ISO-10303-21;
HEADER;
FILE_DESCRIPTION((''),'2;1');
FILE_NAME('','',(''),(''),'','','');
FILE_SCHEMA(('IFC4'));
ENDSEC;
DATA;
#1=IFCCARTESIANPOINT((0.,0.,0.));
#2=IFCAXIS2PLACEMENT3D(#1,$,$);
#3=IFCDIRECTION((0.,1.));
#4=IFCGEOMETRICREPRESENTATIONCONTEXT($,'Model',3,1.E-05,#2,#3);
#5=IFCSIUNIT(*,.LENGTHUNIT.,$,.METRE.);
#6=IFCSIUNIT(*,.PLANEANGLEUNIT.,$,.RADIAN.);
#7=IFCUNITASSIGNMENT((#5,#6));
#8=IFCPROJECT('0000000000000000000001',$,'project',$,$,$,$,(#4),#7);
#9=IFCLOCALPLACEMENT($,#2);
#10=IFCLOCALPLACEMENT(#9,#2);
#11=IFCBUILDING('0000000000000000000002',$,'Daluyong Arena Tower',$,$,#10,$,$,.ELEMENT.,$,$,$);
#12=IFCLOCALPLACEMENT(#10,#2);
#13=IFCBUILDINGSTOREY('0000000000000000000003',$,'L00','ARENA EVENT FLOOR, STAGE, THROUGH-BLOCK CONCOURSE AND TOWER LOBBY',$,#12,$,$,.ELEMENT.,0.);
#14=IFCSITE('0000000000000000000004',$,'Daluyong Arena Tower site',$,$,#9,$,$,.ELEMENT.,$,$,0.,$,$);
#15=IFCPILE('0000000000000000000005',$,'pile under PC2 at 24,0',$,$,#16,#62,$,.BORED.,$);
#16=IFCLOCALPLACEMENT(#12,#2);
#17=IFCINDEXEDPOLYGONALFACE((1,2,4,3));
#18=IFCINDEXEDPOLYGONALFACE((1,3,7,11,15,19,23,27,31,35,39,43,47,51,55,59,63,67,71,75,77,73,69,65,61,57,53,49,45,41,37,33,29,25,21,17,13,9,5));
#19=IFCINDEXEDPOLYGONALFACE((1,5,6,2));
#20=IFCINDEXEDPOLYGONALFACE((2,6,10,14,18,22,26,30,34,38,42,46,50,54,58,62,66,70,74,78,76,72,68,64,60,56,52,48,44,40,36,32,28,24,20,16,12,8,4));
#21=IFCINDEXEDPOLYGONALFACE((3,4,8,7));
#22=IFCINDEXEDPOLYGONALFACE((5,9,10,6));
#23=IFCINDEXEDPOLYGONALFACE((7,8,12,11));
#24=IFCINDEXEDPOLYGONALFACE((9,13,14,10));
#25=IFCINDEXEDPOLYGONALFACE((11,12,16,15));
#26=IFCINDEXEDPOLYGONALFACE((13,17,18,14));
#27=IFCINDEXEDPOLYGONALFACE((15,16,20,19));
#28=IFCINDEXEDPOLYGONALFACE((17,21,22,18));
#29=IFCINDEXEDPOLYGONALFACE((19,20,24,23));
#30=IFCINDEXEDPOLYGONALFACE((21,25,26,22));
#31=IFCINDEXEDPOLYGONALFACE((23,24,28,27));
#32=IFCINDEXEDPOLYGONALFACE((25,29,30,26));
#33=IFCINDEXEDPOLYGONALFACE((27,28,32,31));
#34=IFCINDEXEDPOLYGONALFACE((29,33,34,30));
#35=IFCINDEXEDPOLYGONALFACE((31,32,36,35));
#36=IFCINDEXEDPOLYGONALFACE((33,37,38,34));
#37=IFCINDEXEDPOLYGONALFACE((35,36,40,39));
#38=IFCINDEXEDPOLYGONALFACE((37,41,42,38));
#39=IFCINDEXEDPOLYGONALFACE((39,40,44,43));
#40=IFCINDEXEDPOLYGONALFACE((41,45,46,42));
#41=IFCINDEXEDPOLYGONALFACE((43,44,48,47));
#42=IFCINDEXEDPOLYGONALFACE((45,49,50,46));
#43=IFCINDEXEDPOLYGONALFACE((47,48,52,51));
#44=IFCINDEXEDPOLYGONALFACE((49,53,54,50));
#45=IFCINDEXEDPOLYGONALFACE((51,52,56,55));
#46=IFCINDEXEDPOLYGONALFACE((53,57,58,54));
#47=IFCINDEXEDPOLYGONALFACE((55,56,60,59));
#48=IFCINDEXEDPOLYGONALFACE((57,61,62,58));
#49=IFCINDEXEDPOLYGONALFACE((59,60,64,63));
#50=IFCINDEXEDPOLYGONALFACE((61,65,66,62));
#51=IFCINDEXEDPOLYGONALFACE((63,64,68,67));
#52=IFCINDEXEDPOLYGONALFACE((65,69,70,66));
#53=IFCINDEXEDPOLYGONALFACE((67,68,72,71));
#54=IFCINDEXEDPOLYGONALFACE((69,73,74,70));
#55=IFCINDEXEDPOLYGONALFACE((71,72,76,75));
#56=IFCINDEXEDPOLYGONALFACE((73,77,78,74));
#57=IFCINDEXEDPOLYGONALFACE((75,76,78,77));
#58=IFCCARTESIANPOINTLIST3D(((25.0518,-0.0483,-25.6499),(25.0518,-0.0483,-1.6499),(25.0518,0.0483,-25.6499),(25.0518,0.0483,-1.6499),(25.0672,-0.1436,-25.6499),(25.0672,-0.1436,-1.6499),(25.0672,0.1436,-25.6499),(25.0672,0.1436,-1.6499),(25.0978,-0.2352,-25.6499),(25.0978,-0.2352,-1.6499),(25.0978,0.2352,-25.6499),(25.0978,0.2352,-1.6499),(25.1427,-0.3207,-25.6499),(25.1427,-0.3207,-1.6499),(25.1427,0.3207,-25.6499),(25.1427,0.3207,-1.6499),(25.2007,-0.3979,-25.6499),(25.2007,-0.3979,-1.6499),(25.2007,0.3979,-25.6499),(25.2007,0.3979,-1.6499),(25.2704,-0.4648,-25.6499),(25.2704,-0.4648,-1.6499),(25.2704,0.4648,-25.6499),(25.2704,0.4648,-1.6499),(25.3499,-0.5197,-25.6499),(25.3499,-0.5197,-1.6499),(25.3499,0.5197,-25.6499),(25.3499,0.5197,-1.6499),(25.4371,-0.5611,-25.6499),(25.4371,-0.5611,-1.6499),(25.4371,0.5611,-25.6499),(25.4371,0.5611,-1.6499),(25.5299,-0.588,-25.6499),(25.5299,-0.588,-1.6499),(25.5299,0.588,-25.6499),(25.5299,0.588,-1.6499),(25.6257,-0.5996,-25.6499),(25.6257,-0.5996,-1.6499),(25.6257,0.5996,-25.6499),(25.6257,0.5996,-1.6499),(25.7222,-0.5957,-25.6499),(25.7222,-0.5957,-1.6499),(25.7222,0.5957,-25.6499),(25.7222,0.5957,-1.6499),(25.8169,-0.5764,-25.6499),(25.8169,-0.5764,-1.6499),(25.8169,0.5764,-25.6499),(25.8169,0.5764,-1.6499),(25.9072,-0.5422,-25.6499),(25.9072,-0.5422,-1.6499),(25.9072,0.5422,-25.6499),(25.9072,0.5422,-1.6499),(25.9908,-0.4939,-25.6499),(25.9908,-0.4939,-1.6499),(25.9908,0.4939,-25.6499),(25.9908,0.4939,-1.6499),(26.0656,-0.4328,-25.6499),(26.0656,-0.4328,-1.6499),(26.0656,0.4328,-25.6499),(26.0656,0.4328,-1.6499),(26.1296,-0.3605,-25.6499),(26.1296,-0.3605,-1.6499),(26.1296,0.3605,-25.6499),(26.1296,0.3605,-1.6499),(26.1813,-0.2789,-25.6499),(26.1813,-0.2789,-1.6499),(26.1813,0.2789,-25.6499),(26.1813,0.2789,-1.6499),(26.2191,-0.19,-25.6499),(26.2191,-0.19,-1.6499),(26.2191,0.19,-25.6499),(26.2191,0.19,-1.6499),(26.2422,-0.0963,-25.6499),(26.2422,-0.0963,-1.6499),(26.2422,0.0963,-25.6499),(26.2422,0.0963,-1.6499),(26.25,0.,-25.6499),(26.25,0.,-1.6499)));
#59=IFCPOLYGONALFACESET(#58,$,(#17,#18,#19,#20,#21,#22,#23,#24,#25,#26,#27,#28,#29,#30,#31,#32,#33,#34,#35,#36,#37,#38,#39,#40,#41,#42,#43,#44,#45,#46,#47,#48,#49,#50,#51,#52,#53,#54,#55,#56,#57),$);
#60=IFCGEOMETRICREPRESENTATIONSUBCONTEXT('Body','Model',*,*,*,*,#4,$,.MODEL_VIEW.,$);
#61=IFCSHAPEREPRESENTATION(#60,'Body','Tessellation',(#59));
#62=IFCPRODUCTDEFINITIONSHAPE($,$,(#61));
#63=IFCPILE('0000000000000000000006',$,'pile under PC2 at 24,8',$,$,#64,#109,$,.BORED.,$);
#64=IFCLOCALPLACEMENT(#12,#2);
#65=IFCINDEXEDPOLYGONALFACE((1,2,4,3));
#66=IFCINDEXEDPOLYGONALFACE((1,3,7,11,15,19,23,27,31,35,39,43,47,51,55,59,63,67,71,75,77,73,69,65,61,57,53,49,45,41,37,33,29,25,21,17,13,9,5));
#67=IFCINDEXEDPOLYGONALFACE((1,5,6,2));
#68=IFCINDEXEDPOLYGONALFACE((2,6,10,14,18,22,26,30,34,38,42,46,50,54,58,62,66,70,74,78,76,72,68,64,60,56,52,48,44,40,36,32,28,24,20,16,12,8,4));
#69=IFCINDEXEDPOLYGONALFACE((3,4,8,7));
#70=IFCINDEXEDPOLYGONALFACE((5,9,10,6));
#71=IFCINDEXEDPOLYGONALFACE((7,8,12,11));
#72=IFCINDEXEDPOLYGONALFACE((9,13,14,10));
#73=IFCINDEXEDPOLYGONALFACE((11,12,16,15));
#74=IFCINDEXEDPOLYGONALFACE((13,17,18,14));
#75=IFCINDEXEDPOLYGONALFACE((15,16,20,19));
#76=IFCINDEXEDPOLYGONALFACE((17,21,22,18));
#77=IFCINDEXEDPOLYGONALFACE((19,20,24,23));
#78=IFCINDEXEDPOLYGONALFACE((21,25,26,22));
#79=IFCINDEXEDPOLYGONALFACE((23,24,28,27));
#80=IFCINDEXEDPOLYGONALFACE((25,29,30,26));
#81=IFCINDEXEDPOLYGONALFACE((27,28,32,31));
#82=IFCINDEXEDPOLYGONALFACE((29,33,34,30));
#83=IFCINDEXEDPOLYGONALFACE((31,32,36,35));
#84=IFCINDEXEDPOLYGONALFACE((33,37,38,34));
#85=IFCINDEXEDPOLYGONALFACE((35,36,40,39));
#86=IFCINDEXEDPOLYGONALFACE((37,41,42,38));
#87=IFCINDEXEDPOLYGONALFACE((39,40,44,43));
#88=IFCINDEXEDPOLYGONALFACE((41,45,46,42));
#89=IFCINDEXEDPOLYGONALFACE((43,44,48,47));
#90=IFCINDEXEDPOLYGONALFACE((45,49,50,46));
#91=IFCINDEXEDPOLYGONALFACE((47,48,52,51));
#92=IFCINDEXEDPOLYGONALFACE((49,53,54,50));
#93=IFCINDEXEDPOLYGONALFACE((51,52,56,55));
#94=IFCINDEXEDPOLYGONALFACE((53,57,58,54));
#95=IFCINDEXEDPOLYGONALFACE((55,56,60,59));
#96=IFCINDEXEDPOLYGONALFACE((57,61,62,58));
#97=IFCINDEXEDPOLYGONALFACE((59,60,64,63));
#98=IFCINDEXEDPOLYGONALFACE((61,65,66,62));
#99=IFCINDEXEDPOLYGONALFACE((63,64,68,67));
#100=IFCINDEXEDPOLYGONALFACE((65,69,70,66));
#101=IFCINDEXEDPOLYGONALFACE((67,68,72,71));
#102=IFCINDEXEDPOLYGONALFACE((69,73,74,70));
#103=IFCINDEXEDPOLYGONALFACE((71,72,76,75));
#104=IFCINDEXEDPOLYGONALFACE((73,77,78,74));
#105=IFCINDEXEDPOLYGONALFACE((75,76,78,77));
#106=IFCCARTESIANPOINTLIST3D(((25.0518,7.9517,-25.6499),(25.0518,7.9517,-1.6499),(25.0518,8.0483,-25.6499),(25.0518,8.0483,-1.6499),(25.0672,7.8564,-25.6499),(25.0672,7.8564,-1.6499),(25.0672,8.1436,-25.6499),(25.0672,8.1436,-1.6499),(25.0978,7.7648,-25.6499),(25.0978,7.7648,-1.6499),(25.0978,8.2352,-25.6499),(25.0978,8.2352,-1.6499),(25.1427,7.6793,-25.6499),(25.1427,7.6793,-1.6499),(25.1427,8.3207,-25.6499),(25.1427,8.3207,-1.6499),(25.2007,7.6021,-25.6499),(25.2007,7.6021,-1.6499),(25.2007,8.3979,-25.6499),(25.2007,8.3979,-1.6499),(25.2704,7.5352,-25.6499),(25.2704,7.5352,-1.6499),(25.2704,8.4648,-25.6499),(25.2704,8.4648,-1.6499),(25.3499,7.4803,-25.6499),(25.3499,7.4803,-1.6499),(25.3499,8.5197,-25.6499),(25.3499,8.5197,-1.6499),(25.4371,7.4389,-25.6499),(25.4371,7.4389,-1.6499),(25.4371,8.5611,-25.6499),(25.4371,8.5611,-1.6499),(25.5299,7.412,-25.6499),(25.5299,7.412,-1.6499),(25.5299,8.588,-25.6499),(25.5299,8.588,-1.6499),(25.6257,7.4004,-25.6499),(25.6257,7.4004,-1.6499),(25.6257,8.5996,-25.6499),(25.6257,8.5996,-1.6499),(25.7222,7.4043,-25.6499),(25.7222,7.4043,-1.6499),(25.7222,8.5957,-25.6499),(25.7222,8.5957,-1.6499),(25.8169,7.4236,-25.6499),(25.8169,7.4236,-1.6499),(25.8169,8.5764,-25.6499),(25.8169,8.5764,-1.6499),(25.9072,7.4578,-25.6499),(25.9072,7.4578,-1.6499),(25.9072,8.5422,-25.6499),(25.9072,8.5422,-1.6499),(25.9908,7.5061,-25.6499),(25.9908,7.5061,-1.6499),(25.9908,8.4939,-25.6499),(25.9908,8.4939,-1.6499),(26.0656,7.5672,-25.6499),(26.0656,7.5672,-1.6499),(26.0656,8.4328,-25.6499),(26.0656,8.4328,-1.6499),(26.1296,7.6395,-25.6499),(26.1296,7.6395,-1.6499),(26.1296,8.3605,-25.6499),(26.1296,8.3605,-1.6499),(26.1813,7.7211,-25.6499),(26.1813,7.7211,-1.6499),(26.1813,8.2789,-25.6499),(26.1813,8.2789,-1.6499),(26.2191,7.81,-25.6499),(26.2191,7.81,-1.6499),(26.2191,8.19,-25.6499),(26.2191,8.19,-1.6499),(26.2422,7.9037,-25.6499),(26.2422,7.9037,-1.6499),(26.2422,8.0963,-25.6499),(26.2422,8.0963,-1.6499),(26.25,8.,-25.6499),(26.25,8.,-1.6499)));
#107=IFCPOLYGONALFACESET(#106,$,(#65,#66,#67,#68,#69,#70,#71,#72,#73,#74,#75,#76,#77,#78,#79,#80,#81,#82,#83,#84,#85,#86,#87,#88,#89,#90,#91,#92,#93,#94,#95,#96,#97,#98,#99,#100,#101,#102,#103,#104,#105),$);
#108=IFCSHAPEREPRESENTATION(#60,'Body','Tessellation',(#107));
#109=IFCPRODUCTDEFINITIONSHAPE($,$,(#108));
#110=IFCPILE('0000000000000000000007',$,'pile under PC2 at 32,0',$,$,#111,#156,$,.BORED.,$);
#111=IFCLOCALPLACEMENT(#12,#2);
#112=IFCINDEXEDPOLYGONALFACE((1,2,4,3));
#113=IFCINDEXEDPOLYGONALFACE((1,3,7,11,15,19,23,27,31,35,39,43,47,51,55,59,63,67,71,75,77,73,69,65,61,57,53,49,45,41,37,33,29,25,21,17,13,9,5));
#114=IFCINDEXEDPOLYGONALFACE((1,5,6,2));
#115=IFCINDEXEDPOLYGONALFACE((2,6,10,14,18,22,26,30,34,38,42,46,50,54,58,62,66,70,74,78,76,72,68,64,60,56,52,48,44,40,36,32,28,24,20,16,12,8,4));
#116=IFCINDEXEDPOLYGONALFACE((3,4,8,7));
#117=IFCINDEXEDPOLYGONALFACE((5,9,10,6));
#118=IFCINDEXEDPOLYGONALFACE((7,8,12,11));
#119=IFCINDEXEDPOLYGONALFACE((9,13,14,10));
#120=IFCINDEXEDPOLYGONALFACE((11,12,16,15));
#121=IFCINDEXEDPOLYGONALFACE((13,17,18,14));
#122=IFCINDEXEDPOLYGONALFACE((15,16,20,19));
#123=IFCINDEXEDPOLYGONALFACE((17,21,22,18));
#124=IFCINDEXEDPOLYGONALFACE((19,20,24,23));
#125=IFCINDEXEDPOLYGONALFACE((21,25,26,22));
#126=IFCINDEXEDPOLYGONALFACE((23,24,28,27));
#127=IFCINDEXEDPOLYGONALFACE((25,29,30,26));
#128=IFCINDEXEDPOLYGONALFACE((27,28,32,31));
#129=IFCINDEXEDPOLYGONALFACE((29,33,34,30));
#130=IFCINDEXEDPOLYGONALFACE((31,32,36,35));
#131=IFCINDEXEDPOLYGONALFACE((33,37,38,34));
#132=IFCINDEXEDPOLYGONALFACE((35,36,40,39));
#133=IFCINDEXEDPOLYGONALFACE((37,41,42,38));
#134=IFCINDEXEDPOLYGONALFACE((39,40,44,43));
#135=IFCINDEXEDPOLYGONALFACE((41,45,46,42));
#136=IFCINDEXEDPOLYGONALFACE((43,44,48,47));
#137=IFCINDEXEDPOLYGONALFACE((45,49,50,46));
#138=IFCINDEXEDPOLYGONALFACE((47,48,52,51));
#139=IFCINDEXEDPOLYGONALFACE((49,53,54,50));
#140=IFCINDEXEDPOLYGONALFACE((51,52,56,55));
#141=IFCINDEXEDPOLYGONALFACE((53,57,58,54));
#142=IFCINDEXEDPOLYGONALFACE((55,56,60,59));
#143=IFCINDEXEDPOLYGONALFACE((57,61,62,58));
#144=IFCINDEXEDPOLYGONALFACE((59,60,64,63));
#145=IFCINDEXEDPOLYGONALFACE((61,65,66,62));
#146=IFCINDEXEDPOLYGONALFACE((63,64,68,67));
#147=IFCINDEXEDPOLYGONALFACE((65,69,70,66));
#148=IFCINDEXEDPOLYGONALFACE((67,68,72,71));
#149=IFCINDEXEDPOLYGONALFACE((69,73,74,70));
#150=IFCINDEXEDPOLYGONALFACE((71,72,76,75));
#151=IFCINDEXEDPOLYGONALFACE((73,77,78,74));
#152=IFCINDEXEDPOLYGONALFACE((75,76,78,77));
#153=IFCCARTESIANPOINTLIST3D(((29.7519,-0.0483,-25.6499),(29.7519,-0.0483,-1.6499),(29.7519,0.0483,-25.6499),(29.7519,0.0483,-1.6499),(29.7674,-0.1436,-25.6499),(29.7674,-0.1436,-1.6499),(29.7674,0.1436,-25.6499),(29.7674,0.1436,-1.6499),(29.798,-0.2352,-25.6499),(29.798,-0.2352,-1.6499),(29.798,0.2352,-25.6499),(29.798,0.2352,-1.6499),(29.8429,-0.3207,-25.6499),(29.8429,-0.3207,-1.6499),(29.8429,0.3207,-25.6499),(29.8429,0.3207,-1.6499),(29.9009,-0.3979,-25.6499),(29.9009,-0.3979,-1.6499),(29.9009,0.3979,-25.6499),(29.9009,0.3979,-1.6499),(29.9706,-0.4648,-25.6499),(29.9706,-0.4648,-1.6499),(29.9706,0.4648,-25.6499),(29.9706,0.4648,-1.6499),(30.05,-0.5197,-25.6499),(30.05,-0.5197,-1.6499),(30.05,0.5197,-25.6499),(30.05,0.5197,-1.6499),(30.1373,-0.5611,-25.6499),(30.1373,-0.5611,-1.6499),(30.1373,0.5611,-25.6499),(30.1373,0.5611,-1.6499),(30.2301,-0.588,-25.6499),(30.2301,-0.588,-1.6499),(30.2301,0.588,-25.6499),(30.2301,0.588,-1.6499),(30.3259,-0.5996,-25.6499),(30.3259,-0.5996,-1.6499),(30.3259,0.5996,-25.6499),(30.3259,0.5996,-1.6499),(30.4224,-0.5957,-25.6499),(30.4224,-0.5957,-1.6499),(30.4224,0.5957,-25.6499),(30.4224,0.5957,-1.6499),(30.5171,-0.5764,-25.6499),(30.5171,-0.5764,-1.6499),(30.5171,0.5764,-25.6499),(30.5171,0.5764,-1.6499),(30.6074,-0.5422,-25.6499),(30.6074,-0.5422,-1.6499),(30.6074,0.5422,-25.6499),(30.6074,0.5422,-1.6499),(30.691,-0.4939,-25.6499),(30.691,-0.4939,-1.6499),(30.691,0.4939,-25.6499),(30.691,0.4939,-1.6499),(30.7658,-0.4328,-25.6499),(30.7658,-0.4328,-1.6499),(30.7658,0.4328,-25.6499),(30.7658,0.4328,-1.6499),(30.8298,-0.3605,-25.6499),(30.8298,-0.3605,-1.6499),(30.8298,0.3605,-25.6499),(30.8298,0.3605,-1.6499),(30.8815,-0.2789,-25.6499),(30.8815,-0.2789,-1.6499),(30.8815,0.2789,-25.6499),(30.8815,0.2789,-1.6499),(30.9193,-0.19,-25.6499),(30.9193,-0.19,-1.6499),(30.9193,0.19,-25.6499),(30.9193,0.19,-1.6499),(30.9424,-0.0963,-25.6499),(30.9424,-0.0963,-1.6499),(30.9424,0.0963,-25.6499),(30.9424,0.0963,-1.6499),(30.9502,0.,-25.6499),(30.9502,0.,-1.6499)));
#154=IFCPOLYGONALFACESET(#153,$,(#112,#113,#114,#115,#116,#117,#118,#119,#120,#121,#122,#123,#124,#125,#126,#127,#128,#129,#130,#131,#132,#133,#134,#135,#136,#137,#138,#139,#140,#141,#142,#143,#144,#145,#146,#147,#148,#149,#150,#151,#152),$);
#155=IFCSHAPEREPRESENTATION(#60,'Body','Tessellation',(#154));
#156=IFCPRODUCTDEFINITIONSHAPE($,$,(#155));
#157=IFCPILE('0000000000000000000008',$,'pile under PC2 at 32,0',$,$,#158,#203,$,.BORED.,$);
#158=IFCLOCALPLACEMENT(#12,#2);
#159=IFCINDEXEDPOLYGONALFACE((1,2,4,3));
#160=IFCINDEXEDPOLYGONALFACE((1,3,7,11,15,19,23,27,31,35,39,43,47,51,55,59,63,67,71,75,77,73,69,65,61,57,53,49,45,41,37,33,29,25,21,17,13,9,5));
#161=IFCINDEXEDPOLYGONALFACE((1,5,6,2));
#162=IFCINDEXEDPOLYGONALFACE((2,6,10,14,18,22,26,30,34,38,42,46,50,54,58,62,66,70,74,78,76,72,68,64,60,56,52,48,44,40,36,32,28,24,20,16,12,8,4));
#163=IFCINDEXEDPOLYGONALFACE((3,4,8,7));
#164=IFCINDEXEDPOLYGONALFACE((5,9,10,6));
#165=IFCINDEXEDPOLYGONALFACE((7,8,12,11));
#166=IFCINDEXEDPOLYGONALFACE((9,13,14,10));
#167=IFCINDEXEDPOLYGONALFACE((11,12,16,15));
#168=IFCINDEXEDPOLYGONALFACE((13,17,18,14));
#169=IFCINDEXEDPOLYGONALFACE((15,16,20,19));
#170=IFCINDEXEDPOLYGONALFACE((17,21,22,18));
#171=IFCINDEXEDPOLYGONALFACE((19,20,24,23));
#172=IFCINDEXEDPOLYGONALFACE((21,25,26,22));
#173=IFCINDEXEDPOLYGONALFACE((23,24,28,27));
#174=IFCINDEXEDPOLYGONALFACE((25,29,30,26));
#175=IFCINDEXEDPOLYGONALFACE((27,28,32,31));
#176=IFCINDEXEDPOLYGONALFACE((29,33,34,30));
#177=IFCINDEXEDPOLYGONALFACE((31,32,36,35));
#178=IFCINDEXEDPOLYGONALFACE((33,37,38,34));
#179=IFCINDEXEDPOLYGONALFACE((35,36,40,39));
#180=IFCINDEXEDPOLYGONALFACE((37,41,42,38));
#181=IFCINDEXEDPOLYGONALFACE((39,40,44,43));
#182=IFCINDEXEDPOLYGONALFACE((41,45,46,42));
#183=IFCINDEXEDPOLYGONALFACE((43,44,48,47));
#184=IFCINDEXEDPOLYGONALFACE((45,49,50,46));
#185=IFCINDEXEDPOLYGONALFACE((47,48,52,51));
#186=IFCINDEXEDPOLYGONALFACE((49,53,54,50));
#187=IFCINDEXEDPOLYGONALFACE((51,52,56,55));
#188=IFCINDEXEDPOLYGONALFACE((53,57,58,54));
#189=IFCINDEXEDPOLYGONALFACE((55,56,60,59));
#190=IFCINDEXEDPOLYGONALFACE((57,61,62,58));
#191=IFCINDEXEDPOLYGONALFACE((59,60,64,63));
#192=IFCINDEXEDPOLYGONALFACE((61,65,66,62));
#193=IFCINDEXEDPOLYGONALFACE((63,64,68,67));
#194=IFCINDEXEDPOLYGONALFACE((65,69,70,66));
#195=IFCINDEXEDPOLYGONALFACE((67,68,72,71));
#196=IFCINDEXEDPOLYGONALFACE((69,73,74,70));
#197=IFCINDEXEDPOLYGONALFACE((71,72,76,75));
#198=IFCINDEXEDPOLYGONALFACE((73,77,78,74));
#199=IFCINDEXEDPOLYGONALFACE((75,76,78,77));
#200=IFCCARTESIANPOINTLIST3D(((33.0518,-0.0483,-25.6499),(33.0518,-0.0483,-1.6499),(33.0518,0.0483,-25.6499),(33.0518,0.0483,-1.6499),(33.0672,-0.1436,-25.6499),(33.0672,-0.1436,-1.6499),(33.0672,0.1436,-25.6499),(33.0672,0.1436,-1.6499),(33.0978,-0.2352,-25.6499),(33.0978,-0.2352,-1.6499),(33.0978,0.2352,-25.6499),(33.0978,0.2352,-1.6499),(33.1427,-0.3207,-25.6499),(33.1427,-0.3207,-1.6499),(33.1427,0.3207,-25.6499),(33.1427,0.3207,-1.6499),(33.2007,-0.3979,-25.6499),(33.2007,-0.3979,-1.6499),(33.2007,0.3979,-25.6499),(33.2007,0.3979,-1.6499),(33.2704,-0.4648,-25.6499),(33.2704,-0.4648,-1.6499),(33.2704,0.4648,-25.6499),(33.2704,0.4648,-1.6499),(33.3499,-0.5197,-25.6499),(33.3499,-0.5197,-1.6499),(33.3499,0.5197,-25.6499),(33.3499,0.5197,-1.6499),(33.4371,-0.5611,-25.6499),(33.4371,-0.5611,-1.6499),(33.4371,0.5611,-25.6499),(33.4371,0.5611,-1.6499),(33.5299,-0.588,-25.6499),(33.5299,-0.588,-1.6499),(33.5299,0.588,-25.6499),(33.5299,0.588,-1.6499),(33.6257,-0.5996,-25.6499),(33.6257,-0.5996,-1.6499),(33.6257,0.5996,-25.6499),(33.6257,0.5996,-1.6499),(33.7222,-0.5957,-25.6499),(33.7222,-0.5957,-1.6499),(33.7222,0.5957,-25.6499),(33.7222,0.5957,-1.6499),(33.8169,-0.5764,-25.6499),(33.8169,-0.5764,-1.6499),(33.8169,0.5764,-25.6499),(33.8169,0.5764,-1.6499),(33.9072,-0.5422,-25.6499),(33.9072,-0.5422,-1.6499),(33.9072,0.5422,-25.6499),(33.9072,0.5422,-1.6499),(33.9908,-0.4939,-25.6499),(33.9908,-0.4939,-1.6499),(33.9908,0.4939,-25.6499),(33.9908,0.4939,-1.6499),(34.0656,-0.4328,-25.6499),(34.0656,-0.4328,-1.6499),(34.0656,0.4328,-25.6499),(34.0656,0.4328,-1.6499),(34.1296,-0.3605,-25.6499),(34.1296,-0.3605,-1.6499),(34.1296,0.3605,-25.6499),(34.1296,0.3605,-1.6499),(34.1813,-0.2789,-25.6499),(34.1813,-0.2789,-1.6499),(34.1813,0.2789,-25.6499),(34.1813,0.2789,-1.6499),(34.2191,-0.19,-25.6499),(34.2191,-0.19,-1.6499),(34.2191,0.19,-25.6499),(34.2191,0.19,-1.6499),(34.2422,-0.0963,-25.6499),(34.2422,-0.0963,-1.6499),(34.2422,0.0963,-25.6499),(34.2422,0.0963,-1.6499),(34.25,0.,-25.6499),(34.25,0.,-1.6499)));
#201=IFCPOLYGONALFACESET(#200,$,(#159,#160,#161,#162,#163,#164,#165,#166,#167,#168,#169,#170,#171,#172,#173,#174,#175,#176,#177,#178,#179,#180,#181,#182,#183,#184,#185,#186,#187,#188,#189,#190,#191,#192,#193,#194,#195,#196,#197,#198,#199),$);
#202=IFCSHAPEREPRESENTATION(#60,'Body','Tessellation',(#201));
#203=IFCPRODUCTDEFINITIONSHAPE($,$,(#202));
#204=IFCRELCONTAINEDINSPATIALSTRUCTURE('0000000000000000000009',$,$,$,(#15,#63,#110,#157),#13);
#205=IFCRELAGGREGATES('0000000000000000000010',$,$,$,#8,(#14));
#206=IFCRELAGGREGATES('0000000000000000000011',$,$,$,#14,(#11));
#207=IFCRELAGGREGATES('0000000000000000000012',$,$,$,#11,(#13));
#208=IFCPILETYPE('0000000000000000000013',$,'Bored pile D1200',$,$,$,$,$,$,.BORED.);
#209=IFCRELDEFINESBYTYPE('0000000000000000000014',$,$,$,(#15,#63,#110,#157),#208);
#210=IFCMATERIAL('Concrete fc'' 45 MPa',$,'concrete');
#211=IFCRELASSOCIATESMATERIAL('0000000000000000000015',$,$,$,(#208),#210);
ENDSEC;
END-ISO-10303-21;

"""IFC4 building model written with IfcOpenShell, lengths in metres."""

from ifc_helpers import new_model, si_unit, direction, frame, origin, origin_2d, place, context, subcontext, project, spatial, circle, extrude, material, type_object, element, save


model = new_model("IFC4")

# Units and contexts
model_context = context("Model", 3, precision=1e-05, world=origin(), true_north=direction((0.0, 1.0)))
body_context = subcontext(model_context, "Body", "Model", "MODEL_VIEW")
ifc_project = project(units=[si_unit("LENGTHUNIT", "METRE"), si_unit("PLANEANGLEUNIT", "RADIAN")], contexts=[model_context])

# Site, building, storey
site_placement = place(None, origin())
site = spatial("IfcSite", under=ifc_project, at=site_placement, Name="Daluyong Arena Tower site", CompositionType="ELEMENT", RefElevation=0.0)
building_placement = place(site_placement, origin())
building = spatial("IfcBuilding", under=site, at=building_placement, Name="Daluyong Arena Tower", CompositionType="ELEMENT")
storey_placement = place(building_placement, origin())
storey = spatial("IfcBuildingStorey", under=building, at=storey_placement, Name="L00", Description="ARENA EVENT FLOOR, STAGE, THROUGH-BLOCK CONCOURSE AND TOWER LOBBY", CompositionType="ELEMENT", Elevation=0.0)

# Piles
ifc_material_1 = material(Name="Concrete fc' 45 MPa", Category="concrete")
pile_type = type_object("IfcPileType", Name="Bored pile D1200", PredefinedType="BORED", material=ifc_material_1)
for number, where, z_axis, x_axis, name in (
    (1, (25.6499, 0.0, -1.6499), (0.0, 0.0, -1.0), (1.0, 0.0, 0.0), "pile under PC2 at 24,0"),
    (2, (25.6499, 8.0, -1.6499), (0.0, 0.0, -1.0), (1.0, 0.0, 0.0), "pile under PC2 at 24,8"),
    (3, (30.3501, 0.0, -1.6499), (0.0, 0.0, -1.0), (1.0, 0.0, 0.0), "pile under PC2 at 32,0"),
    (4, (33.6499, 0.0, -1.6499), (0.0, 0.0, -1.0), (1.0, 0.0, 0.0), "pile under PC2 at 32,0"),
):
    element("IfcPile", number, at=place(storey_placement, frame(where, z_axis=z_axis, x_axis=x_axis)), inside=storey, type_object=pile_type, Name=name, PredefinedType="BORED", context=body_context, shape_type="SweptSolid", body=[
        extrude(circle(Radius=0.6001, at=origin_2d()), origin(), (0.0, 0.0, 1.0), 24.0),
    ])

save(model, "model.ifc")
